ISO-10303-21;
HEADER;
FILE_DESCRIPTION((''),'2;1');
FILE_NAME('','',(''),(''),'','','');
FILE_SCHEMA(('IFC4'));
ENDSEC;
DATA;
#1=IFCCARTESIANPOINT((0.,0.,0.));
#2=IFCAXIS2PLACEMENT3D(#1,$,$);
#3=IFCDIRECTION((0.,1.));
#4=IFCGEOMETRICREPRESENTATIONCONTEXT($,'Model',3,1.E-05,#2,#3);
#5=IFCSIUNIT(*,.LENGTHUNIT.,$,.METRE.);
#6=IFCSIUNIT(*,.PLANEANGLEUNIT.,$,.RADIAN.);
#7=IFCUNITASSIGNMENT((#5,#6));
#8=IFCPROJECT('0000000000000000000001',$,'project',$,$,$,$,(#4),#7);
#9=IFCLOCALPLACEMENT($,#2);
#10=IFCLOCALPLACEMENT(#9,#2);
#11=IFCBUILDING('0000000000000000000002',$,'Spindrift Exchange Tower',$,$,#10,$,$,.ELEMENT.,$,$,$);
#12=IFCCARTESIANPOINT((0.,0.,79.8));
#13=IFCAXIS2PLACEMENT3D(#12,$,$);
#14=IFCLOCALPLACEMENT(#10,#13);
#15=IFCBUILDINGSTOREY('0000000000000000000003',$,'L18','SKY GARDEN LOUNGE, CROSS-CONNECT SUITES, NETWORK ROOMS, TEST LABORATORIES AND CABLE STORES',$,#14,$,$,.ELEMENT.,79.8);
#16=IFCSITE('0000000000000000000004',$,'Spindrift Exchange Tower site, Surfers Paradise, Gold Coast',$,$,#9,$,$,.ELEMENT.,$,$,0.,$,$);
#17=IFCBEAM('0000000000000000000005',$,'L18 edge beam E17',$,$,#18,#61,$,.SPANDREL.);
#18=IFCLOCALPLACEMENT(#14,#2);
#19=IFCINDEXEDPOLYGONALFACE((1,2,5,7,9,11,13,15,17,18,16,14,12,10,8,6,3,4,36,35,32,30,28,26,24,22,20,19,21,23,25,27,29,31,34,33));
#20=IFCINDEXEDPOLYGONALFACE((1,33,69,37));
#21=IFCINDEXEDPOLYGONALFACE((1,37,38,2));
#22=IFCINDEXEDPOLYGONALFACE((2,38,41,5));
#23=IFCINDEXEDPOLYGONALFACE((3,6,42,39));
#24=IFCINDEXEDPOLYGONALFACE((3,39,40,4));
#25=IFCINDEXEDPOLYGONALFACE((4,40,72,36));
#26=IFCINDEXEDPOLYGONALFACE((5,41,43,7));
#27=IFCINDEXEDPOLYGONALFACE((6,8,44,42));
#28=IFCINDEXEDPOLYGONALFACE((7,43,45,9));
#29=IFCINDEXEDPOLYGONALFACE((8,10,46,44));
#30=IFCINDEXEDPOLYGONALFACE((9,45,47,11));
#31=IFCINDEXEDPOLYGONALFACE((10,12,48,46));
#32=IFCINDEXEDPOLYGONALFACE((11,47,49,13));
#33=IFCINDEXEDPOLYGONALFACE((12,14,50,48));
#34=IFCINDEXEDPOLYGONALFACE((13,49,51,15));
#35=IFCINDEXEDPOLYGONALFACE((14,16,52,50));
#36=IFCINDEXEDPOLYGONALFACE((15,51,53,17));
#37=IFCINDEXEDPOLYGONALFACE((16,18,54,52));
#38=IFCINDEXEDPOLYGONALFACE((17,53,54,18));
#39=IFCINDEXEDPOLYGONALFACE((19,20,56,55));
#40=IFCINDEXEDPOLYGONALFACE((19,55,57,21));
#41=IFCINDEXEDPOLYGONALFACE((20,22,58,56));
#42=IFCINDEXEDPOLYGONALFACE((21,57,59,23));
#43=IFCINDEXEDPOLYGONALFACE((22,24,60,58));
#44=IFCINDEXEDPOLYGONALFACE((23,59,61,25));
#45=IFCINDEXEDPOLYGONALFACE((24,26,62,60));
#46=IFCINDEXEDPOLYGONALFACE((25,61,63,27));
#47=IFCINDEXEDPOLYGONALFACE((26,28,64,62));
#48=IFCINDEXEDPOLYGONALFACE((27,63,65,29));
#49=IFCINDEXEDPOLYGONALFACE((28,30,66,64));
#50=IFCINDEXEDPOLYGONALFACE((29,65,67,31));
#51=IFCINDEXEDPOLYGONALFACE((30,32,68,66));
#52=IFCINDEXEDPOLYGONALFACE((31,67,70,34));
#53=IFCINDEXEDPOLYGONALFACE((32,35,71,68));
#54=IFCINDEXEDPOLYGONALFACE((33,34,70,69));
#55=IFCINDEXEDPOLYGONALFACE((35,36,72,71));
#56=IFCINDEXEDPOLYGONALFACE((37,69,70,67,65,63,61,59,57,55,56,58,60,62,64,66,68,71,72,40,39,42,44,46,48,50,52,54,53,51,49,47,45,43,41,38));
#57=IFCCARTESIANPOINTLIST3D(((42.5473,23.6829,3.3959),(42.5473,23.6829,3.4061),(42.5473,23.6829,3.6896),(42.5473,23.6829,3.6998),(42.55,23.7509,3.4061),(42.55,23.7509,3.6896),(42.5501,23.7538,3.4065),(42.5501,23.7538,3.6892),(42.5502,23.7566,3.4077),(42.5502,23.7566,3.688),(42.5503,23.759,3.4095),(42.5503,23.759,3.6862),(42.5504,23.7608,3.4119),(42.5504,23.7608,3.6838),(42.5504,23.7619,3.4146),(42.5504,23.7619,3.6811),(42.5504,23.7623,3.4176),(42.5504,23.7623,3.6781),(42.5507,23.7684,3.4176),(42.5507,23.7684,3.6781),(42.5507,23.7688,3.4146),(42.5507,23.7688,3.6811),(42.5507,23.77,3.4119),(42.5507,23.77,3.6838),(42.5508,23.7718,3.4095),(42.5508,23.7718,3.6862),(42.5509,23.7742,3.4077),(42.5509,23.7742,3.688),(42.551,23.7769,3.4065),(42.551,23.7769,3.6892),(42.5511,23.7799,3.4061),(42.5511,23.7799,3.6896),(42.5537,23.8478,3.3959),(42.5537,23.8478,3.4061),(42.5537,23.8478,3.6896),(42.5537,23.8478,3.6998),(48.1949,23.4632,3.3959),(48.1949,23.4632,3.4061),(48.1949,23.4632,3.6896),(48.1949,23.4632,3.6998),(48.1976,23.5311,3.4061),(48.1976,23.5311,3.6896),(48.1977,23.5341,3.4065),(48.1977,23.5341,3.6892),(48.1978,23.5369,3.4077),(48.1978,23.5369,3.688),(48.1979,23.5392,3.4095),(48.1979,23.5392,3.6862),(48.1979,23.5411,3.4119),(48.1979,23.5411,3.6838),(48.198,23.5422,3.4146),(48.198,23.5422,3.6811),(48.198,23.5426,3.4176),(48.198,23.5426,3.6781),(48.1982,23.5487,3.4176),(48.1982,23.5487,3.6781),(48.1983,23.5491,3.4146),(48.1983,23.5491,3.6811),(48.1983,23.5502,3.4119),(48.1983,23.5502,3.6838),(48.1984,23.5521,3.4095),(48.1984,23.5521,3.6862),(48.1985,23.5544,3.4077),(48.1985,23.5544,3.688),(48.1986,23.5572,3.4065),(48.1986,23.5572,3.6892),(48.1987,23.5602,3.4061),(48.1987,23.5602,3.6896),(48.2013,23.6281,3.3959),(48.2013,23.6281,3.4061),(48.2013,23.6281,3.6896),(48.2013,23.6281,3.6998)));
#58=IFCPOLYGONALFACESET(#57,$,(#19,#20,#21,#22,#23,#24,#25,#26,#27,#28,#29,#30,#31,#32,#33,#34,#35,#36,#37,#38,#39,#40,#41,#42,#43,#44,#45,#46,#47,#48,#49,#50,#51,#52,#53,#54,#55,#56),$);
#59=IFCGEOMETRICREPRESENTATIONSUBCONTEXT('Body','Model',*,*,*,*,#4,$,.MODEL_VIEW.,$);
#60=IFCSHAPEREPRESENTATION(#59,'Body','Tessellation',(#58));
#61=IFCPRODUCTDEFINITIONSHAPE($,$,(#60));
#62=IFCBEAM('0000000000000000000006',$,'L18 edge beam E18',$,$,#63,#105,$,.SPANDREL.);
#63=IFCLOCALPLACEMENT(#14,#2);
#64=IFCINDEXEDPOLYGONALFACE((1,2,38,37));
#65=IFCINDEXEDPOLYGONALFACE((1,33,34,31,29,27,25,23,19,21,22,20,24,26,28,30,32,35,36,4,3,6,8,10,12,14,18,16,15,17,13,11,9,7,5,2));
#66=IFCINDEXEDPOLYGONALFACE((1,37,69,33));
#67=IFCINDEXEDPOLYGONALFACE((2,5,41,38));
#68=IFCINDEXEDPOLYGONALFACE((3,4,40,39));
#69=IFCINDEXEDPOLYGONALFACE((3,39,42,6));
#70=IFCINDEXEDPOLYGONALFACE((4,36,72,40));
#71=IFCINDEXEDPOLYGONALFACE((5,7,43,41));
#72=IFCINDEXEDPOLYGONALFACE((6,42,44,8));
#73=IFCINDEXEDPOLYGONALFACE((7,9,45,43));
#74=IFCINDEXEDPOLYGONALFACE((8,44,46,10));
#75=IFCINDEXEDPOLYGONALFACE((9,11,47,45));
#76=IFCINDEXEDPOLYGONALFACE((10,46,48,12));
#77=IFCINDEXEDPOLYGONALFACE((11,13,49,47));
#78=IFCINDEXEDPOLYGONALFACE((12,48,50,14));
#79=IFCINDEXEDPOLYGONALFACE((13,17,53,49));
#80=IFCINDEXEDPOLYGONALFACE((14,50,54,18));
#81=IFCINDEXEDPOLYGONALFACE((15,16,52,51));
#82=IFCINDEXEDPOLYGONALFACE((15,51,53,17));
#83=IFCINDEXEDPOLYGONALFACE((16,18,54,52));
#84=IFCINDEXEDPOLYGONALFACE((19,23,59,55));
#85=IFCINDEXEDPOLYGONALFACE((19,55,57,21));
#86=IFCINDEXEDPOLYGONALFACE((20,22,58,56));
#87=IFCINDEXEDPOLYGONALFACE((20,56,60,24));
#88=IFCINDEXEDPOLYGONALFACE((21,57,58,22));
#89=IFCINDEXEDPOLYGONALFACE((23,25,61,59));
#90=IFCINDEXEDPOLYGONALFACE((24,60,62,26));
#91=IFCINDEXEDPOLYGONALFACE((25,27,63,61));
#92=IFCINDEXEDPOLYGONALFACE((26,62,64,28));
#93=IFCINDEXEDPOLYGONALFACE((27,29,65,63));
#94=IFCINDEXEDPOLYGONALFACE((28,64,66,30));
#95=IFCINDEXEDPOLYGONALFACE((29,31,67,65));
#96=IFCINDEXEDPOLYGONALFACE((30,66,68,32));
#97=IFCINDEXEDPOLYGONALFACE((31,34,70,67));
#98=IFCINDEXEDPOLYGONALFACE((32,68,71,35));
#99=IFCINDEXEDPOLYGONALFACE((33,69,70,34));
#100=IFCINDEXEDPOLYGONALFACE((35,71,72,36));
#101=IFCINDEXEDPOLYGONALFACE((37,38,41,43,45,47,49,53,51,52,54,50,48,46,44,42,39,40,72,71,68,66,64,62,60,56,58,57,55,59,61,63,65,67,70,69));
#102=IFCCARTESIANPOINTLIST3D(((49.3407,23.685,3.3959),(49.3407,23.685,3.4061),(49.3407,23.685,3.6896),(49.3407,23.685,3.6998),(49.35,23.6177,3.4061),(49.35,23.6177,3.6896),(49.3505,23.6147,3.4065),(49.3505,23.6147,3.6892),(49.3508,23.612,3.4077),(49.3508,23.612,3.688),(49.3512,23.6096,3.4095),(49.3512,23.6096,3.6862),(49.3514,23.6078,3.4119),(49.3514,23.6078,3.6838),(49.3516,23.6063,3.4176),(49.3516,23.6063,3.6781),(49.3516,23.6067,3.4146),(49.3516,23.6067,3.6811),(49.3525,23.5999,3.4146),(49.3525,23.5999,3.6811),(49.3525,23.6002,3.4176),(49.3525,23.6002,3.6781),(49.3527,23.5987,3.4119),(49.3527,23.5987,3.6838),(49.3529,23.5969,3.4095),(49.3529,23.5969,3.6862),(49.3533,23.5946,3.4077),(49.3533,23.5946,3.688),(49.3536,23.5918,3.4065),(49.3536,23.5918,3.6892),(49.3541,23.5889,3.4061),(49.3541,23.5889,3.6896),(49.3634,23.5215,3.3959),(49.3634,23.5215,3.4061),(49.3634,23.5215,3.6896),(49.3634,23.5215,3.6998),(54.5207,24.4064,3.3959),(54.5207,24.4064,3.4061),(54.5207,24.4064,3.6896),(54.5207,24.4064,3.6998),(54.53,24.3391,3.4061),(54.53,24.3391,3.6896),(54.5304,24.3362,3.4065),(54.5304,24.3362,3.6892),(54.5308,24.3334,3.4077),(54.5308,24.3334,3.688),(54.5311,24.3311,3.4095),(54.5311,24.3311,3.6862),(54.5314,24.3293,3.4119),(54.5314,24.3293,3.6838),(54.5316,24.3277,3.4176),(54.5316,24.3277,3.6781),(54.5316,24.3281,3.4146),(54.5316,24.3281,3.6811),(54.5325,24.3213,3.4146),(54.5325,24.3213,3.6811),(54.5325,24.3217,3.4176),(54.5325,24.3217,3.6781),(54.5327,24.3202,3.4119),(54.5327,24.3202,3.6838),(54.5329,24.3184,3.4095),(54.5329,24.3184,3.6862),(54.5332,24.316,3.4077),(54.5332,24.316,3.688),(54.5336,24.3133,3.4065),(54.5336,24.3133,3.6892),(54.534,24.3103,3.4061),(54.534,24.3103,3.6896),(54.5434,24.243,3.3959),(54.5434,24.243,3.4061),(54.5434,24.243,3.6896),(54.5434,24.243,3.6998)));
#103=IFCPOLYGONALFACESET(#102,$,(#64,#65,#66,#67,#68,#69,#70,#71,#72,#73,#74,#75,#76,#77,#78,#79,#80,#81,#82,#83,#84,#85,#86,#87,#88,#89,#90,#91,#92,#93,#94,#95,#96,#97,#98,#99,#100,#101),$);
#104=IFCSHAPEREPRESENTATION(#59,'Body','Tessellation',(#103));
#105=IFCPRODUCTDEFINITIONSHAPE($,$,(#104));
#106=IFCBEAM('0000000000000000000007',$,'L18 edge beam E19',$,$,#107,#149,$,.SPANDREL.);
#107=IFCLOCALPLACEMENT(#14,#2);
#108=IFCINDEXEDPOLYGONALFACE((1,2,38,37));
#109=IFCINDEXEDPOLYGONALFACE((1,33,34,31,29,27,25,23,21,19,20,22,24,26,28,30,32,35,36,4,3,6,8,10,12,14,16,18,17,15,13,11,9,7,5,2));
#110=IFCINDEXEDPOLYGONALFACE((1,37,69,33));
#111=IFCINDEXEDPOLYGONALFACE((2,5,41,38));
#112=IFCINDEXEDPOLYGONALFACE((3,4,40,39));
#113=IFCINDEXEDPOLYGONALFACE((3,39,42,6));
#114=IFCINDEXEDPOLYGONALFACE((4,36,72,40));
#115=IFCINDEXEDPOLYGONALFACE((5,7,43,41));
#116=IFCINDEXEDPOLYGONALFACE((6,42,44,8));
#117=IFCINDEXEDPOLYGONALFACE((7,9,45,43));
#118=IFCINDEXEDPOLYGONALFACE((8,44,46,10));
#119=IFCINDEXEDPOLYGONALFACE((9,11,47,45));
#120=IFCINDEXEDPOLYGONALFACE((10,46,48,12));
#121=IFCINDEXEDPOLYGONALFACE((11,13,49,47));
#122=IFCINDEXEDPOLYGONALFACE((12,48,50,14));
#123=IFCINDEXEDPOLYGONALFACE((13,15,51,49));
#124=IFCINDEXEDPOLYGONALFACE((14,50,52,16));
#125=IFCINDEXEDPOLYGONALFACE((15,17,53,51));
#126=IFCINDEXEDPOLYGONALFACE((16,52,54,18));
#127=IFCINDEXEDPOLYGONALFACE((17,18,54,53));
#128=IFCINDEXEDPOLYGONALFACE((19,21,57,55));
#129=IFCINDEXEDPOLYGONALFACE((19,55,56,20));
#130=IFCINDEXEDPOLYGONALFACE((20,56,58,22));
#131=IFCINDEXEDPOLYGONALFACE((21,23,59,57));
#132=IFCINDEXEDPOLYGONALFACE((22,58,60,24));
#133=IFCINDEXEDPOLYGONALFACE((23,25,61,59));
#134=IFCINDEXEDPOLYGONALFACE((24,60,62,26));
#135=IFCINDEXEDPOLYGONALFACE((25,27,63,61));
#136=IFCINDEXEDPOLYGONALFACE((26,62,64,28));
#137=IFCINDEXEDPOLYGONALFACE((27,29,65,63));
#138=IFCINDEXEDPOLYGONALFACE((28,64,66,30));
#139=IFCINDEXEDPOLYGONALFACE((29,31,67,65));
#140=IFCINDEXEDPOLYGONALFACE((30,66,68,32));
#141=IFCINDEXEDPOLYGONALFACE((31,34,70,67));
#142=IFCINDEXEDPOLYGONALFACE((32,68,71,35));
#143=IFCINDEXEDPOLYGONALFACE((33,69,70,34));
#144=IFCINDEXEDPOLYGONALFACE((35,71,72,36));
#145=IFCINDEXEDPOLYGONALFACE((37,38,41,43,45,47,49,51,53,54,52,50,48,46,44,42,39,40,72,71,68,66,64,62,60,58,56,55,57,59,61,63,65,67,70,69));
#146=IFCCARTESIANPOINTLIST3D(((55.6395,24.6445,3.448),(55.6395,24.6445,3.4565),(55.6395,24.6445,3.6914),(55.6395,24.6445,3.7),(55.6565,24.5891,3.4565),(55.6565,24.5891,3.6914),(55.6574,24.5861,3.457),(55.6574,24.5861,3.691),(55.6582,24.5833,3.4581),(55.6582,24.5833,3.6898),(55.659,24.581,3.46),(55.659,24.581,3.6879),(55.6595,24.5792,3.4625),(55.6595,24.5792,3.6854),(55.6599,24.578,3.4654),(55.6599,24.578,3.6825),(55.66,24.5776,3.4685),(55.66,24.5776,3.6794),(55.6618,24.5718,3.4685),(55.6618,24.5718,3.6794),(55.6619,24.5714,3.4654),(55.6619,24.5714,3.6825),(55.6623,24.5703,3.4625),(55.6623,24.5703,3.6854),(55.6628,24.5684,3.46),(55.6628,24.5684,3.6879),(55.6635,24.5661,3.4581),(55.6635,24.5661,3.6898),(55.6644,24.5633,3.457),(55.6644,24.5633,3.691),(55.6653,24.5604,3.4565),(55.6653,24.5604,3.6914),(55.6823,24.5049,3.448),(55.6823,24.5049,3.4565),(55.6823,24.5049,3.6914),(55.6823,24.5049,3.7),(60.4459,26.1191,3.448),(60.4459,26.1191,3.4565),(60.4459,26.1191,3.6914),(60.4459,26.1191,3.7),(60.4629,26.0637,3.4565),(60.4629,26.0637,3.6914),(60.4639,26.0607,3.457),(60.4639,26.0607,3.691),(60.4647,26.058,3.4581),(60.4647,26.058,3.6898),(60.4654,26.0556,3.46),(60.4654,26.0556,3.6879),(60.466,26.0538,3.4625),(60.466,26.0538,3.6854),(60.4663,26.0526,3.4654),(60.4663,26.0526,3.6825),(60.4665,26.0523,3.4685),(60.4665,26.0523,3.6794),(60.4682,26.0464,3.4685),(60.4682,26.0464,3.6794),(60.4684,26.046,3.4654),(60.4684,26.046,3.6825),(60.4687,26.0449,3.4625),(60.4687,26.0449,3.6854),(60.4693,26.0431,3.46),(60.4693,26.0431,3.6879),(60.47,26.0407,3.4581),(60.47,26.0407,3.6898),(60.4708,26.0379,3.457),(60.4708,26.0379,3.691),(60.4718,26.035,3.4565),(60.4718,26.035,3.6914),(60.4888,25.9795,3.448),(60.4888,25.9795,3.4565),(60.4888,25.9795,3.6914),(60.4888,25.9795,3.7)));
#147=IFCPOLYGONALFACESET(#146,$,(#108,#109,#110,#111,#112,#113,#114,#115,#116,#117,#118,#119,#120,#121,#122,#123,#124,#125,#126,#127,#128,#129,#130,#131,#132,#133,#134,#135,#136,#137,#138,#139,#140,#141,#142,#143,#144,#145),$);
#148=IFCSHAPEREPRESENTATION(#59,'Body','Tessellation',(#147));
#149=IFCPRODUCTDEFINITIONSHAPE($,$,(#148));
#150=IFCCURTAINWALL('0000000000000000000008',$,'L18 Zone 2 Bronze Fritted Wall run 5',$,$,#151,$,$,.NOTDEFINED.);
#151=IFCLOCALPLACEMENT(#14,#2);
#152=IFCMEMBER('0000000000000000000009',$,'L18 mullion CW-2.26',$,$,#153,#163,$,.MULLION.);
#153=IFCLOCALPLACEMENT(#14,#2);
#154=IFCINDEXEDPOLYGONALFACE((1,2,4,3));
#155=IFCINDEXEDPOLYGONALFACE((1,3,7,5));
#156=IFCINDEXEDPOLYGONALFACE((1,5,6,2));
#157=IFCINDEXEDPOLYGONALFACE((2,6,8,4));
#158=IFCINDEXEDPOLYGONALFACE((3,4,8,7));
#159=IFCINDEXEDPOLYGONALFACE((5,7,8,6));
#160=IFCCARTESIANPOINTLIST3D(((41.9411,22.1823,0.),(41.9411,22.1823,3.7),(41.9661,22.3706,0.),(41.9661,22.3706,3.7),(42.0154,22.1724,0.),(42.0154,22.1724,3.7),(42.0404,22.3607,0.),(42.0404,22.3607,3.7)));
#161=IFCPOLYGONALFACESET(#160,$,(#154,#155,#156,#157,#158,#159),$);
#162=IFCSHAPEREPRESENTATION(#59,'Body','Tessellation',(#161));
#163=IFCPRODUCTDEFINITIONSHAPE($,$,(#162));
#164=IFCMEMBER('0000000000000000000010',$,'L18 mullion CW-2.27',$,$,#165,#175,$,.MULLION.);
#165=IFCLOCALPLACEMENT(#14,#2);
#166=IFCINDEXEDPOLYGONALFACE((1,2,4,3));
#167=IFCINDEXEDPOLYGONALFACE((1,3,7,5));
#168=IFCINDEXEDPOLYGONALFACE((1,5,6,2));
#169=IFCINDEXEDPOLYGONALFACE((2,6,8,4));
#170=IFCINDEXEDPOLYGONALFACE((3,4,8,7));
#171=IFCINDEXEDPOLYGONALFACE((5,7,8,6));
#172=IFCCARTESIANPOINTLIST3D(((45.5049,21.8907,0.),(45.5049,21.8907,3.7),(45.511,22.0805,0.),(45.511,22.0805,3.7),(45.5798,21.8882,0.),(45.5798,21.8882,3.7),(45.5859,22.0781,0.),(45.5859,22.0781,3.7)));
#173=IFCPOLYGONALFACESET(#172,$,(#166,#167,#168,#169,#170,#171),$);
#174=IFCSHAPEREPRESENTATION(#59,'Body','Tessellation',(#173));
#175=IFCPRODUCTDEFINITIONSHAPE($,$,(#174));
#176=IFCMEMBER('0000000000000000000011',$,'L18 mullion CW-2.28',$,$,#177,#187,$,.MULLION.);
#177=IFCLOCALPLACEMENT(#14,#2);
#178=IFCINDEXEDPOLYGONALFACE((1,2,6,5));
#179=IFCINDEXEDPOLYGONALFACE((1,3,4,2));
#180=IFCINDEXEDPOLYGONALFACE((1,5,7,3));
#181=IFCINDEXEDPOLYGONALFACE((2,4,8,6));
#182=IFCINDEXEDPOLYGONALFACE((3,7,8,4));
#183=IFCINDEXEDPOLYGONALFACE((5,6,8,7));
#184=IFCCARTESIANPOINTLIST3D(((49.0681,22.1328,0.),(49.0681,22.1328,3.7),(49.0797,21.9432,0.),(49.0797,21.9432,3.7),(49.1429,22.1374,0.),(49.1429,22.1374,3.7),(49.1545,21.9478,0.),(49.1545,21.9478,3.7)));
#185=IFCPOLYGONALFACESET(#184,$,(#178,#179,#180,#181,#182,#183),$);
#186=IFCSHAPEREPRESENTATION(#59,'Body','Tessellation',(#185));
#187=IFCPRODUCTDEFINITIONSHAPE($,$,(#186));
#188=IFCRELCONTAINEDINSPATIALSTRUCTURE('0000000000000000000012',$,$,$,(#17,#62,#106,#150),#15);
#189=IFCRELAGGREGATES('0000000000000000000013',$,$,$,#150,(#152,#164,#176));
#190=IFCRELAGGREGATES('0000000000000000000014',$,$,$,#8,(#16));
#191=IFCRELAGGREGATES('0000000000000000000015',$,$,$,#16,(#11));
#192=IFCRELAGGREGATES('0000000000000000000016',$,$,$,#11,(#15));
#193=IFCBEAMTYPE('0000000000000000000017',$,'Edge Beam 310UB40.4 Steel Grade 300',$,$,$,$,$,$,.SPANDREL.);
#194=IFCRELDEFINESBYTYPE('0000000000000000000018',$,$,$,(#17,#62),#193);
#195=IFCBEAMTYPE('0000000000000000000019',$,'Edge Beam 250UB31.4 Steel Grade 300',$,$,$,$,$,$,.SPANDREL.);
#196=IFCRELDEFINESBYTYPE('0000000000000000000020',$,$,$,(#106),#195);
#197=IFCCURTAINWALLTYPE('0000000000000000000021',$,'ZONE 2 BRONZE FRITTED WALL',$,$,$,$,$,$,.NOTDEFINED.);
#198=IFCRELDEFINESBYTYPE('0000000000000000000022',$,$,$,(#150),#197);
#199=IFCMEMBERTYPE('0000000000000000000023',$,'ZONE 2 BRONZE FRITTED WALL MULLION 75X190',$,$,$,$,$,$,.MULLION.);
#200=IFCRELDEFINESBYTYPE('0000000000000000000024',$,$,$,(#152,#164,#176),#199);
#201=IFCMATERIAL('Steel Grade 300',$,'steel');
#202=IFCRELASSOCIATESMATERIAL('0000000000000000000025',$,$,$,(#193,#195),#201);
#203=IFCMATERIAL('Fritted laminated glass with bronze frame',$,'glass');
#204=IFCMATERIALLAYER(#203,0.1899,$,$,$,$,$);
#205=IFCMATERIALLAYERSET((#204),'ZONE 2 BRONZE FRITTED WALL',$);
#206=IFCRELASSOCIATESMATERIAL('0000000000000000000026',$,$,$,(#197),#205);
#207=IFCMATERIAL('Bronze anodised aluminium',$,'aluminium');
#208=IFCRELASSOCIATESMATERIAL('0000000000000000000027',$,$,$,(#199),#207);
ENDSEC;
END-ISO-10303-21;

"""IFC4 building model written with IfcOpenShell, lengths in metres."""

from ifc_helpers import new_model, si_unit, direction, frame, origin, origin_2d, place, context, subcontext, project, spatial, rectangle, i_section, extrude, source, transform, mapped, material, layer, layer_set, material_profile, profile_set, type_object, element, aggregate, save


model = new_model("IFC4")

# Units and contexts
model_context = context("Model", 3, precision=1e-05, world=origin(), true_north=direction((0.0, 1.0)))
body_context = subcontext(model_context, "Body", "Model", "MODEL_VIEW")
ifc_project = project(units=[si_unit("LENGTHUNIT", "METRE"), si_unit("PLANEANGLEUNIT", "RADIAN")], contexts=[model_context])

# Site, building, storey
site_placement = place(None, origin())
site = spatial("IfcSite", under=ifc_project, at=site_placement, Name="Spindrift Exchange Tower site, Surfers Paradise, Gold Coast", CompositionType="ELEMENT", RefElevation=0.0)
building_placement = place(site_placement, origin())
building = spatial("IfcBuilding", under=site, at=building_placement, Name="Spindrift Exchange Tower", CompositionType="ELEMENT")
storey_placement = place(building_placement, frame((0.0, 0.0, 79.8)))
storey = spatial("IfcBuildingStorey", under=building, at=storey_placement, Name="L18", Description="SKY GARDEN LOUNGE, CROSS-CONNECT SUITES, NETWORK ROOMS, TEST LABORATORIES AND CABLE STORES", CompositionType="ELEMENT", Elevation=79.8)

# Beams
ifc_material_1 = material(Name="Steel Grade 300", Category="steel")
ifc_material_profile_1 = material_profile(ifc_material_1, i_section(OverallWidth=0.165, OverallDepth=0.304, WebThickness=0.0061, FlangeThickness=0.0103, FilletRadius=0.0115, at=origin_2d()), Name="310UB40.4")
ifc_profile_set_1 = profile_set([ifc_material_profile_1], Name="Steel Grade 300")
beam_type_1 = type_object("IfcBeamType", Name="Edge Beam 310UB40.4 Steel Grade 300", PredefinedType="SPANDREL", material=ifc_profile_set_1)
shared_shape_1 = source(origin(), body_context, "Body", "SweptSolid", [
    extrude(i_section(OverallWidth=0.165, OverallDepth=0.304, WebThickness=0.0061, FlangeThickness=0.0103, FilletRadius=0.0115, at=origin_2d()), origin(), (0.0, 0.0, 1.0), 5.6519),
])
beam_1_placement = place(storey_placement, frame((42.5505, 23.7654, 3.5479), z_axis=(0.999244, -0.038878, 0.0), x_axis=(0.038878, 0.999244, 0.0)))
element("IfcBeam", 1, at=beam_1_placement, inside=storey, type_object=beam_type_1, Name="L18 edge beam E17", PredefinedType="SPANDREL", context=body_context, shape_type="MappedRepresentation", body=[
    mapped(shared_shape_1, transform((0.0, 0.0, 0.0), scale=1.0)),
])
shared_shape_2 = source(origin(), body_context, "Body", "SweptSolid", [
    extrude(i_section(OverallWidth=0.165, OverallDepth=0.304, WebThickness=0.0061, FlangeThickness=0.0103, FilletRadius=0.0115, at=origin_2d()), origin(), (0.0, 0.0, 1.0), 5.23),
])
beam_2_placement = place(storey_placement, frame((49.3521, 23.6033, 3.5479), z_axis=(0.99044, 0.137944, 0.0), x_axis=(-0.137944, 0.99044, 0.0)))
element("IfcBeam", 2, at=beam_2_placement, inside=storey, type_object=beam_type_1, Name="L18 edge beam E18", PredefinedType="SPANDREL", context=body_context, shape_type="MappedRepresentation", body=[
    mapped(shared_shape_2, transform((0.0, 0.0, 0.0), scale=1.0)),
])
ifc_material_profile_2 = material_profile(ifc_material_1, i_section(OverallWidth=0.146, OverallDepth=0.252, WebThickness=0.0061, FlangeThickness=0.0085, FilletRadius=0.012, at=origin_2d()), Name="250UB31.4")
ifc_profile_set_2 = profile_set([ifc_material_profile_2], Name="Steel Grade 300")
beam_type_2 = type_object("IfcBeamType", Name="Edge Beam 250UB31.4 Steel Grade 300", PredefinedType="SPANDREL", material=ifc_profile_set_2)
shared_shape_3 = source(origin(), body_context, "Body", "SweptSolid", [
    extrude(i_section(OverallWidth=0.146, OverallDepth=0.252, WebThickness=0.0061, FlangeThickness=0.0085, FilletRadius=0.012, at=origin_2d()), origin(), (0.0, 0.0, 1.0), 5.0276),
])
beam_3_placement = place(storey_placement, frame((55.6609, 24.5747, 3.574), z_axis=(0.956018, 0.293308, 0.0), x_axis=(-0.293308, 0.956018, 0.0)))
element("IfcBeam", 3, at=beam_3_placement, inside=storey, type_object=beam_type_2, Name="L18 edge beam E19", PredefinedType="SPANDREL", context=body_context, shape_type="MappedRepresentation", body=[
    mapped(shared_shape_3, transform((0.0, 0.0, 0.0), scale=1.0)),
])

# Curtain wall, members
ifc_material_2 = material(Name="Fritted laminated glass with bronze frame", Category="glass")
ifc_layer_1 = layer(ifc_material_2, 0.1899)
ifc_layer_set_1 = layer_set([ifc_layer_1], Name="ZONE 2 BRONZE FRITTED WALL")
curtain_wall_type = type_object("IfcCurtainWallType", Name="ZONE 2 BRONZE FRITTED WALL", PredefinedType="NOTDEFINED", material=ifc_layer_set_1)
curtain_wall_placement = place(storey_placement, origin())
curtain_wall = element("IfcCurtainWall", 4, at=curtain_wall_placement, inside=storey, type_object=curtain_wall_type, Name="L18 Zone 2 Bronze Fritted Wall run 5", PredefinedType="NOTDEFINED")
ifc_material_3 = material(Name="Bronze anodised aluminium", Category="aluminium")
ifc_material_profile_3 = material_profile(ifc_material_3, rectangle(XDim=0.075, YDim=0.1899, at=origin_2d()), Name="ZONE 2 BRONZE FRITTED WALL MULLION 75X190")
ifc_profile_set_3 = profile_set([ifc_material_profile_3], Name="Bronze anodised aluminium")
member_type_1 = type_object("IfcMemberType", Name="ZONE 2 BRONZE FRITTED WALL MULLION 75X190", PredefinedType="MULLION", material=ifc_profile_set_3)
shared_shape_4 = source(origin(), body_context, "Body", "SweptSolid", [
    extrude(rectangle(XDim=0.075, YDim=0.1899, at=origin_2d()), origin(), (0.0, 0.0, 1.0), 3.7),
])
member_1_placement = place(storey_placement, frame((41.9907, 22.2715, 0.0), z_axis=(0.0, 0.0, 1.0), x_axis=(0.991284, -0.131746, 0.0)))
member_1 = element("IfcMember", 5, at=member_1_placement, type_object=member_type_1, Name="L18 mullion CW-2.26", PredefinedType="MULLION", context=body_context, shape_type="MappedRepresentation", body=[
    mapped(shared_shape_4, transform((0.0, 0.0, 0.0), scale=1.0)),
])
member_2_placement = place(storey_placement, frame((45.5454, 21.9844, 0.0), z_axis=(0.0, 0.0, 1.0), x_axis=(0.999474, -0.032439, 0.0)))
member_2 = element("IfcMember", 6, at=member_2_placement, type_object=member_type_1, Name="L18 mullion CW-2.27", PredefinedType="MULLION", context=body_context, shape_type="MappedRepresentation", body=[
    mapped(shared_shape_4, transform((0.0, 0.0, 0.0), scale=1.0)),
])
member_3_placement = place(storey_placement, frame((49.1113, 22.0403, 0.0), z_axis=(0.0, 0.0, 1.0), x_axis=(0.998126, 0.061188, 0.0)))
member_3 = element("IfcMember", 7, at=member_3_placement, type_object=member_type_1, Name="L18 mullion CW-2.28", PredefinedType="MULLION", context=body_context, shape_type="MappedRepresentation", body=[
    mapped(shared_shape_4, transform((0.0, 0.0, 0.0), scale=1.0)),
])
aggregate(curtain_wall, [member_1, member_2, member_3])

save(model, "model.ifc")
